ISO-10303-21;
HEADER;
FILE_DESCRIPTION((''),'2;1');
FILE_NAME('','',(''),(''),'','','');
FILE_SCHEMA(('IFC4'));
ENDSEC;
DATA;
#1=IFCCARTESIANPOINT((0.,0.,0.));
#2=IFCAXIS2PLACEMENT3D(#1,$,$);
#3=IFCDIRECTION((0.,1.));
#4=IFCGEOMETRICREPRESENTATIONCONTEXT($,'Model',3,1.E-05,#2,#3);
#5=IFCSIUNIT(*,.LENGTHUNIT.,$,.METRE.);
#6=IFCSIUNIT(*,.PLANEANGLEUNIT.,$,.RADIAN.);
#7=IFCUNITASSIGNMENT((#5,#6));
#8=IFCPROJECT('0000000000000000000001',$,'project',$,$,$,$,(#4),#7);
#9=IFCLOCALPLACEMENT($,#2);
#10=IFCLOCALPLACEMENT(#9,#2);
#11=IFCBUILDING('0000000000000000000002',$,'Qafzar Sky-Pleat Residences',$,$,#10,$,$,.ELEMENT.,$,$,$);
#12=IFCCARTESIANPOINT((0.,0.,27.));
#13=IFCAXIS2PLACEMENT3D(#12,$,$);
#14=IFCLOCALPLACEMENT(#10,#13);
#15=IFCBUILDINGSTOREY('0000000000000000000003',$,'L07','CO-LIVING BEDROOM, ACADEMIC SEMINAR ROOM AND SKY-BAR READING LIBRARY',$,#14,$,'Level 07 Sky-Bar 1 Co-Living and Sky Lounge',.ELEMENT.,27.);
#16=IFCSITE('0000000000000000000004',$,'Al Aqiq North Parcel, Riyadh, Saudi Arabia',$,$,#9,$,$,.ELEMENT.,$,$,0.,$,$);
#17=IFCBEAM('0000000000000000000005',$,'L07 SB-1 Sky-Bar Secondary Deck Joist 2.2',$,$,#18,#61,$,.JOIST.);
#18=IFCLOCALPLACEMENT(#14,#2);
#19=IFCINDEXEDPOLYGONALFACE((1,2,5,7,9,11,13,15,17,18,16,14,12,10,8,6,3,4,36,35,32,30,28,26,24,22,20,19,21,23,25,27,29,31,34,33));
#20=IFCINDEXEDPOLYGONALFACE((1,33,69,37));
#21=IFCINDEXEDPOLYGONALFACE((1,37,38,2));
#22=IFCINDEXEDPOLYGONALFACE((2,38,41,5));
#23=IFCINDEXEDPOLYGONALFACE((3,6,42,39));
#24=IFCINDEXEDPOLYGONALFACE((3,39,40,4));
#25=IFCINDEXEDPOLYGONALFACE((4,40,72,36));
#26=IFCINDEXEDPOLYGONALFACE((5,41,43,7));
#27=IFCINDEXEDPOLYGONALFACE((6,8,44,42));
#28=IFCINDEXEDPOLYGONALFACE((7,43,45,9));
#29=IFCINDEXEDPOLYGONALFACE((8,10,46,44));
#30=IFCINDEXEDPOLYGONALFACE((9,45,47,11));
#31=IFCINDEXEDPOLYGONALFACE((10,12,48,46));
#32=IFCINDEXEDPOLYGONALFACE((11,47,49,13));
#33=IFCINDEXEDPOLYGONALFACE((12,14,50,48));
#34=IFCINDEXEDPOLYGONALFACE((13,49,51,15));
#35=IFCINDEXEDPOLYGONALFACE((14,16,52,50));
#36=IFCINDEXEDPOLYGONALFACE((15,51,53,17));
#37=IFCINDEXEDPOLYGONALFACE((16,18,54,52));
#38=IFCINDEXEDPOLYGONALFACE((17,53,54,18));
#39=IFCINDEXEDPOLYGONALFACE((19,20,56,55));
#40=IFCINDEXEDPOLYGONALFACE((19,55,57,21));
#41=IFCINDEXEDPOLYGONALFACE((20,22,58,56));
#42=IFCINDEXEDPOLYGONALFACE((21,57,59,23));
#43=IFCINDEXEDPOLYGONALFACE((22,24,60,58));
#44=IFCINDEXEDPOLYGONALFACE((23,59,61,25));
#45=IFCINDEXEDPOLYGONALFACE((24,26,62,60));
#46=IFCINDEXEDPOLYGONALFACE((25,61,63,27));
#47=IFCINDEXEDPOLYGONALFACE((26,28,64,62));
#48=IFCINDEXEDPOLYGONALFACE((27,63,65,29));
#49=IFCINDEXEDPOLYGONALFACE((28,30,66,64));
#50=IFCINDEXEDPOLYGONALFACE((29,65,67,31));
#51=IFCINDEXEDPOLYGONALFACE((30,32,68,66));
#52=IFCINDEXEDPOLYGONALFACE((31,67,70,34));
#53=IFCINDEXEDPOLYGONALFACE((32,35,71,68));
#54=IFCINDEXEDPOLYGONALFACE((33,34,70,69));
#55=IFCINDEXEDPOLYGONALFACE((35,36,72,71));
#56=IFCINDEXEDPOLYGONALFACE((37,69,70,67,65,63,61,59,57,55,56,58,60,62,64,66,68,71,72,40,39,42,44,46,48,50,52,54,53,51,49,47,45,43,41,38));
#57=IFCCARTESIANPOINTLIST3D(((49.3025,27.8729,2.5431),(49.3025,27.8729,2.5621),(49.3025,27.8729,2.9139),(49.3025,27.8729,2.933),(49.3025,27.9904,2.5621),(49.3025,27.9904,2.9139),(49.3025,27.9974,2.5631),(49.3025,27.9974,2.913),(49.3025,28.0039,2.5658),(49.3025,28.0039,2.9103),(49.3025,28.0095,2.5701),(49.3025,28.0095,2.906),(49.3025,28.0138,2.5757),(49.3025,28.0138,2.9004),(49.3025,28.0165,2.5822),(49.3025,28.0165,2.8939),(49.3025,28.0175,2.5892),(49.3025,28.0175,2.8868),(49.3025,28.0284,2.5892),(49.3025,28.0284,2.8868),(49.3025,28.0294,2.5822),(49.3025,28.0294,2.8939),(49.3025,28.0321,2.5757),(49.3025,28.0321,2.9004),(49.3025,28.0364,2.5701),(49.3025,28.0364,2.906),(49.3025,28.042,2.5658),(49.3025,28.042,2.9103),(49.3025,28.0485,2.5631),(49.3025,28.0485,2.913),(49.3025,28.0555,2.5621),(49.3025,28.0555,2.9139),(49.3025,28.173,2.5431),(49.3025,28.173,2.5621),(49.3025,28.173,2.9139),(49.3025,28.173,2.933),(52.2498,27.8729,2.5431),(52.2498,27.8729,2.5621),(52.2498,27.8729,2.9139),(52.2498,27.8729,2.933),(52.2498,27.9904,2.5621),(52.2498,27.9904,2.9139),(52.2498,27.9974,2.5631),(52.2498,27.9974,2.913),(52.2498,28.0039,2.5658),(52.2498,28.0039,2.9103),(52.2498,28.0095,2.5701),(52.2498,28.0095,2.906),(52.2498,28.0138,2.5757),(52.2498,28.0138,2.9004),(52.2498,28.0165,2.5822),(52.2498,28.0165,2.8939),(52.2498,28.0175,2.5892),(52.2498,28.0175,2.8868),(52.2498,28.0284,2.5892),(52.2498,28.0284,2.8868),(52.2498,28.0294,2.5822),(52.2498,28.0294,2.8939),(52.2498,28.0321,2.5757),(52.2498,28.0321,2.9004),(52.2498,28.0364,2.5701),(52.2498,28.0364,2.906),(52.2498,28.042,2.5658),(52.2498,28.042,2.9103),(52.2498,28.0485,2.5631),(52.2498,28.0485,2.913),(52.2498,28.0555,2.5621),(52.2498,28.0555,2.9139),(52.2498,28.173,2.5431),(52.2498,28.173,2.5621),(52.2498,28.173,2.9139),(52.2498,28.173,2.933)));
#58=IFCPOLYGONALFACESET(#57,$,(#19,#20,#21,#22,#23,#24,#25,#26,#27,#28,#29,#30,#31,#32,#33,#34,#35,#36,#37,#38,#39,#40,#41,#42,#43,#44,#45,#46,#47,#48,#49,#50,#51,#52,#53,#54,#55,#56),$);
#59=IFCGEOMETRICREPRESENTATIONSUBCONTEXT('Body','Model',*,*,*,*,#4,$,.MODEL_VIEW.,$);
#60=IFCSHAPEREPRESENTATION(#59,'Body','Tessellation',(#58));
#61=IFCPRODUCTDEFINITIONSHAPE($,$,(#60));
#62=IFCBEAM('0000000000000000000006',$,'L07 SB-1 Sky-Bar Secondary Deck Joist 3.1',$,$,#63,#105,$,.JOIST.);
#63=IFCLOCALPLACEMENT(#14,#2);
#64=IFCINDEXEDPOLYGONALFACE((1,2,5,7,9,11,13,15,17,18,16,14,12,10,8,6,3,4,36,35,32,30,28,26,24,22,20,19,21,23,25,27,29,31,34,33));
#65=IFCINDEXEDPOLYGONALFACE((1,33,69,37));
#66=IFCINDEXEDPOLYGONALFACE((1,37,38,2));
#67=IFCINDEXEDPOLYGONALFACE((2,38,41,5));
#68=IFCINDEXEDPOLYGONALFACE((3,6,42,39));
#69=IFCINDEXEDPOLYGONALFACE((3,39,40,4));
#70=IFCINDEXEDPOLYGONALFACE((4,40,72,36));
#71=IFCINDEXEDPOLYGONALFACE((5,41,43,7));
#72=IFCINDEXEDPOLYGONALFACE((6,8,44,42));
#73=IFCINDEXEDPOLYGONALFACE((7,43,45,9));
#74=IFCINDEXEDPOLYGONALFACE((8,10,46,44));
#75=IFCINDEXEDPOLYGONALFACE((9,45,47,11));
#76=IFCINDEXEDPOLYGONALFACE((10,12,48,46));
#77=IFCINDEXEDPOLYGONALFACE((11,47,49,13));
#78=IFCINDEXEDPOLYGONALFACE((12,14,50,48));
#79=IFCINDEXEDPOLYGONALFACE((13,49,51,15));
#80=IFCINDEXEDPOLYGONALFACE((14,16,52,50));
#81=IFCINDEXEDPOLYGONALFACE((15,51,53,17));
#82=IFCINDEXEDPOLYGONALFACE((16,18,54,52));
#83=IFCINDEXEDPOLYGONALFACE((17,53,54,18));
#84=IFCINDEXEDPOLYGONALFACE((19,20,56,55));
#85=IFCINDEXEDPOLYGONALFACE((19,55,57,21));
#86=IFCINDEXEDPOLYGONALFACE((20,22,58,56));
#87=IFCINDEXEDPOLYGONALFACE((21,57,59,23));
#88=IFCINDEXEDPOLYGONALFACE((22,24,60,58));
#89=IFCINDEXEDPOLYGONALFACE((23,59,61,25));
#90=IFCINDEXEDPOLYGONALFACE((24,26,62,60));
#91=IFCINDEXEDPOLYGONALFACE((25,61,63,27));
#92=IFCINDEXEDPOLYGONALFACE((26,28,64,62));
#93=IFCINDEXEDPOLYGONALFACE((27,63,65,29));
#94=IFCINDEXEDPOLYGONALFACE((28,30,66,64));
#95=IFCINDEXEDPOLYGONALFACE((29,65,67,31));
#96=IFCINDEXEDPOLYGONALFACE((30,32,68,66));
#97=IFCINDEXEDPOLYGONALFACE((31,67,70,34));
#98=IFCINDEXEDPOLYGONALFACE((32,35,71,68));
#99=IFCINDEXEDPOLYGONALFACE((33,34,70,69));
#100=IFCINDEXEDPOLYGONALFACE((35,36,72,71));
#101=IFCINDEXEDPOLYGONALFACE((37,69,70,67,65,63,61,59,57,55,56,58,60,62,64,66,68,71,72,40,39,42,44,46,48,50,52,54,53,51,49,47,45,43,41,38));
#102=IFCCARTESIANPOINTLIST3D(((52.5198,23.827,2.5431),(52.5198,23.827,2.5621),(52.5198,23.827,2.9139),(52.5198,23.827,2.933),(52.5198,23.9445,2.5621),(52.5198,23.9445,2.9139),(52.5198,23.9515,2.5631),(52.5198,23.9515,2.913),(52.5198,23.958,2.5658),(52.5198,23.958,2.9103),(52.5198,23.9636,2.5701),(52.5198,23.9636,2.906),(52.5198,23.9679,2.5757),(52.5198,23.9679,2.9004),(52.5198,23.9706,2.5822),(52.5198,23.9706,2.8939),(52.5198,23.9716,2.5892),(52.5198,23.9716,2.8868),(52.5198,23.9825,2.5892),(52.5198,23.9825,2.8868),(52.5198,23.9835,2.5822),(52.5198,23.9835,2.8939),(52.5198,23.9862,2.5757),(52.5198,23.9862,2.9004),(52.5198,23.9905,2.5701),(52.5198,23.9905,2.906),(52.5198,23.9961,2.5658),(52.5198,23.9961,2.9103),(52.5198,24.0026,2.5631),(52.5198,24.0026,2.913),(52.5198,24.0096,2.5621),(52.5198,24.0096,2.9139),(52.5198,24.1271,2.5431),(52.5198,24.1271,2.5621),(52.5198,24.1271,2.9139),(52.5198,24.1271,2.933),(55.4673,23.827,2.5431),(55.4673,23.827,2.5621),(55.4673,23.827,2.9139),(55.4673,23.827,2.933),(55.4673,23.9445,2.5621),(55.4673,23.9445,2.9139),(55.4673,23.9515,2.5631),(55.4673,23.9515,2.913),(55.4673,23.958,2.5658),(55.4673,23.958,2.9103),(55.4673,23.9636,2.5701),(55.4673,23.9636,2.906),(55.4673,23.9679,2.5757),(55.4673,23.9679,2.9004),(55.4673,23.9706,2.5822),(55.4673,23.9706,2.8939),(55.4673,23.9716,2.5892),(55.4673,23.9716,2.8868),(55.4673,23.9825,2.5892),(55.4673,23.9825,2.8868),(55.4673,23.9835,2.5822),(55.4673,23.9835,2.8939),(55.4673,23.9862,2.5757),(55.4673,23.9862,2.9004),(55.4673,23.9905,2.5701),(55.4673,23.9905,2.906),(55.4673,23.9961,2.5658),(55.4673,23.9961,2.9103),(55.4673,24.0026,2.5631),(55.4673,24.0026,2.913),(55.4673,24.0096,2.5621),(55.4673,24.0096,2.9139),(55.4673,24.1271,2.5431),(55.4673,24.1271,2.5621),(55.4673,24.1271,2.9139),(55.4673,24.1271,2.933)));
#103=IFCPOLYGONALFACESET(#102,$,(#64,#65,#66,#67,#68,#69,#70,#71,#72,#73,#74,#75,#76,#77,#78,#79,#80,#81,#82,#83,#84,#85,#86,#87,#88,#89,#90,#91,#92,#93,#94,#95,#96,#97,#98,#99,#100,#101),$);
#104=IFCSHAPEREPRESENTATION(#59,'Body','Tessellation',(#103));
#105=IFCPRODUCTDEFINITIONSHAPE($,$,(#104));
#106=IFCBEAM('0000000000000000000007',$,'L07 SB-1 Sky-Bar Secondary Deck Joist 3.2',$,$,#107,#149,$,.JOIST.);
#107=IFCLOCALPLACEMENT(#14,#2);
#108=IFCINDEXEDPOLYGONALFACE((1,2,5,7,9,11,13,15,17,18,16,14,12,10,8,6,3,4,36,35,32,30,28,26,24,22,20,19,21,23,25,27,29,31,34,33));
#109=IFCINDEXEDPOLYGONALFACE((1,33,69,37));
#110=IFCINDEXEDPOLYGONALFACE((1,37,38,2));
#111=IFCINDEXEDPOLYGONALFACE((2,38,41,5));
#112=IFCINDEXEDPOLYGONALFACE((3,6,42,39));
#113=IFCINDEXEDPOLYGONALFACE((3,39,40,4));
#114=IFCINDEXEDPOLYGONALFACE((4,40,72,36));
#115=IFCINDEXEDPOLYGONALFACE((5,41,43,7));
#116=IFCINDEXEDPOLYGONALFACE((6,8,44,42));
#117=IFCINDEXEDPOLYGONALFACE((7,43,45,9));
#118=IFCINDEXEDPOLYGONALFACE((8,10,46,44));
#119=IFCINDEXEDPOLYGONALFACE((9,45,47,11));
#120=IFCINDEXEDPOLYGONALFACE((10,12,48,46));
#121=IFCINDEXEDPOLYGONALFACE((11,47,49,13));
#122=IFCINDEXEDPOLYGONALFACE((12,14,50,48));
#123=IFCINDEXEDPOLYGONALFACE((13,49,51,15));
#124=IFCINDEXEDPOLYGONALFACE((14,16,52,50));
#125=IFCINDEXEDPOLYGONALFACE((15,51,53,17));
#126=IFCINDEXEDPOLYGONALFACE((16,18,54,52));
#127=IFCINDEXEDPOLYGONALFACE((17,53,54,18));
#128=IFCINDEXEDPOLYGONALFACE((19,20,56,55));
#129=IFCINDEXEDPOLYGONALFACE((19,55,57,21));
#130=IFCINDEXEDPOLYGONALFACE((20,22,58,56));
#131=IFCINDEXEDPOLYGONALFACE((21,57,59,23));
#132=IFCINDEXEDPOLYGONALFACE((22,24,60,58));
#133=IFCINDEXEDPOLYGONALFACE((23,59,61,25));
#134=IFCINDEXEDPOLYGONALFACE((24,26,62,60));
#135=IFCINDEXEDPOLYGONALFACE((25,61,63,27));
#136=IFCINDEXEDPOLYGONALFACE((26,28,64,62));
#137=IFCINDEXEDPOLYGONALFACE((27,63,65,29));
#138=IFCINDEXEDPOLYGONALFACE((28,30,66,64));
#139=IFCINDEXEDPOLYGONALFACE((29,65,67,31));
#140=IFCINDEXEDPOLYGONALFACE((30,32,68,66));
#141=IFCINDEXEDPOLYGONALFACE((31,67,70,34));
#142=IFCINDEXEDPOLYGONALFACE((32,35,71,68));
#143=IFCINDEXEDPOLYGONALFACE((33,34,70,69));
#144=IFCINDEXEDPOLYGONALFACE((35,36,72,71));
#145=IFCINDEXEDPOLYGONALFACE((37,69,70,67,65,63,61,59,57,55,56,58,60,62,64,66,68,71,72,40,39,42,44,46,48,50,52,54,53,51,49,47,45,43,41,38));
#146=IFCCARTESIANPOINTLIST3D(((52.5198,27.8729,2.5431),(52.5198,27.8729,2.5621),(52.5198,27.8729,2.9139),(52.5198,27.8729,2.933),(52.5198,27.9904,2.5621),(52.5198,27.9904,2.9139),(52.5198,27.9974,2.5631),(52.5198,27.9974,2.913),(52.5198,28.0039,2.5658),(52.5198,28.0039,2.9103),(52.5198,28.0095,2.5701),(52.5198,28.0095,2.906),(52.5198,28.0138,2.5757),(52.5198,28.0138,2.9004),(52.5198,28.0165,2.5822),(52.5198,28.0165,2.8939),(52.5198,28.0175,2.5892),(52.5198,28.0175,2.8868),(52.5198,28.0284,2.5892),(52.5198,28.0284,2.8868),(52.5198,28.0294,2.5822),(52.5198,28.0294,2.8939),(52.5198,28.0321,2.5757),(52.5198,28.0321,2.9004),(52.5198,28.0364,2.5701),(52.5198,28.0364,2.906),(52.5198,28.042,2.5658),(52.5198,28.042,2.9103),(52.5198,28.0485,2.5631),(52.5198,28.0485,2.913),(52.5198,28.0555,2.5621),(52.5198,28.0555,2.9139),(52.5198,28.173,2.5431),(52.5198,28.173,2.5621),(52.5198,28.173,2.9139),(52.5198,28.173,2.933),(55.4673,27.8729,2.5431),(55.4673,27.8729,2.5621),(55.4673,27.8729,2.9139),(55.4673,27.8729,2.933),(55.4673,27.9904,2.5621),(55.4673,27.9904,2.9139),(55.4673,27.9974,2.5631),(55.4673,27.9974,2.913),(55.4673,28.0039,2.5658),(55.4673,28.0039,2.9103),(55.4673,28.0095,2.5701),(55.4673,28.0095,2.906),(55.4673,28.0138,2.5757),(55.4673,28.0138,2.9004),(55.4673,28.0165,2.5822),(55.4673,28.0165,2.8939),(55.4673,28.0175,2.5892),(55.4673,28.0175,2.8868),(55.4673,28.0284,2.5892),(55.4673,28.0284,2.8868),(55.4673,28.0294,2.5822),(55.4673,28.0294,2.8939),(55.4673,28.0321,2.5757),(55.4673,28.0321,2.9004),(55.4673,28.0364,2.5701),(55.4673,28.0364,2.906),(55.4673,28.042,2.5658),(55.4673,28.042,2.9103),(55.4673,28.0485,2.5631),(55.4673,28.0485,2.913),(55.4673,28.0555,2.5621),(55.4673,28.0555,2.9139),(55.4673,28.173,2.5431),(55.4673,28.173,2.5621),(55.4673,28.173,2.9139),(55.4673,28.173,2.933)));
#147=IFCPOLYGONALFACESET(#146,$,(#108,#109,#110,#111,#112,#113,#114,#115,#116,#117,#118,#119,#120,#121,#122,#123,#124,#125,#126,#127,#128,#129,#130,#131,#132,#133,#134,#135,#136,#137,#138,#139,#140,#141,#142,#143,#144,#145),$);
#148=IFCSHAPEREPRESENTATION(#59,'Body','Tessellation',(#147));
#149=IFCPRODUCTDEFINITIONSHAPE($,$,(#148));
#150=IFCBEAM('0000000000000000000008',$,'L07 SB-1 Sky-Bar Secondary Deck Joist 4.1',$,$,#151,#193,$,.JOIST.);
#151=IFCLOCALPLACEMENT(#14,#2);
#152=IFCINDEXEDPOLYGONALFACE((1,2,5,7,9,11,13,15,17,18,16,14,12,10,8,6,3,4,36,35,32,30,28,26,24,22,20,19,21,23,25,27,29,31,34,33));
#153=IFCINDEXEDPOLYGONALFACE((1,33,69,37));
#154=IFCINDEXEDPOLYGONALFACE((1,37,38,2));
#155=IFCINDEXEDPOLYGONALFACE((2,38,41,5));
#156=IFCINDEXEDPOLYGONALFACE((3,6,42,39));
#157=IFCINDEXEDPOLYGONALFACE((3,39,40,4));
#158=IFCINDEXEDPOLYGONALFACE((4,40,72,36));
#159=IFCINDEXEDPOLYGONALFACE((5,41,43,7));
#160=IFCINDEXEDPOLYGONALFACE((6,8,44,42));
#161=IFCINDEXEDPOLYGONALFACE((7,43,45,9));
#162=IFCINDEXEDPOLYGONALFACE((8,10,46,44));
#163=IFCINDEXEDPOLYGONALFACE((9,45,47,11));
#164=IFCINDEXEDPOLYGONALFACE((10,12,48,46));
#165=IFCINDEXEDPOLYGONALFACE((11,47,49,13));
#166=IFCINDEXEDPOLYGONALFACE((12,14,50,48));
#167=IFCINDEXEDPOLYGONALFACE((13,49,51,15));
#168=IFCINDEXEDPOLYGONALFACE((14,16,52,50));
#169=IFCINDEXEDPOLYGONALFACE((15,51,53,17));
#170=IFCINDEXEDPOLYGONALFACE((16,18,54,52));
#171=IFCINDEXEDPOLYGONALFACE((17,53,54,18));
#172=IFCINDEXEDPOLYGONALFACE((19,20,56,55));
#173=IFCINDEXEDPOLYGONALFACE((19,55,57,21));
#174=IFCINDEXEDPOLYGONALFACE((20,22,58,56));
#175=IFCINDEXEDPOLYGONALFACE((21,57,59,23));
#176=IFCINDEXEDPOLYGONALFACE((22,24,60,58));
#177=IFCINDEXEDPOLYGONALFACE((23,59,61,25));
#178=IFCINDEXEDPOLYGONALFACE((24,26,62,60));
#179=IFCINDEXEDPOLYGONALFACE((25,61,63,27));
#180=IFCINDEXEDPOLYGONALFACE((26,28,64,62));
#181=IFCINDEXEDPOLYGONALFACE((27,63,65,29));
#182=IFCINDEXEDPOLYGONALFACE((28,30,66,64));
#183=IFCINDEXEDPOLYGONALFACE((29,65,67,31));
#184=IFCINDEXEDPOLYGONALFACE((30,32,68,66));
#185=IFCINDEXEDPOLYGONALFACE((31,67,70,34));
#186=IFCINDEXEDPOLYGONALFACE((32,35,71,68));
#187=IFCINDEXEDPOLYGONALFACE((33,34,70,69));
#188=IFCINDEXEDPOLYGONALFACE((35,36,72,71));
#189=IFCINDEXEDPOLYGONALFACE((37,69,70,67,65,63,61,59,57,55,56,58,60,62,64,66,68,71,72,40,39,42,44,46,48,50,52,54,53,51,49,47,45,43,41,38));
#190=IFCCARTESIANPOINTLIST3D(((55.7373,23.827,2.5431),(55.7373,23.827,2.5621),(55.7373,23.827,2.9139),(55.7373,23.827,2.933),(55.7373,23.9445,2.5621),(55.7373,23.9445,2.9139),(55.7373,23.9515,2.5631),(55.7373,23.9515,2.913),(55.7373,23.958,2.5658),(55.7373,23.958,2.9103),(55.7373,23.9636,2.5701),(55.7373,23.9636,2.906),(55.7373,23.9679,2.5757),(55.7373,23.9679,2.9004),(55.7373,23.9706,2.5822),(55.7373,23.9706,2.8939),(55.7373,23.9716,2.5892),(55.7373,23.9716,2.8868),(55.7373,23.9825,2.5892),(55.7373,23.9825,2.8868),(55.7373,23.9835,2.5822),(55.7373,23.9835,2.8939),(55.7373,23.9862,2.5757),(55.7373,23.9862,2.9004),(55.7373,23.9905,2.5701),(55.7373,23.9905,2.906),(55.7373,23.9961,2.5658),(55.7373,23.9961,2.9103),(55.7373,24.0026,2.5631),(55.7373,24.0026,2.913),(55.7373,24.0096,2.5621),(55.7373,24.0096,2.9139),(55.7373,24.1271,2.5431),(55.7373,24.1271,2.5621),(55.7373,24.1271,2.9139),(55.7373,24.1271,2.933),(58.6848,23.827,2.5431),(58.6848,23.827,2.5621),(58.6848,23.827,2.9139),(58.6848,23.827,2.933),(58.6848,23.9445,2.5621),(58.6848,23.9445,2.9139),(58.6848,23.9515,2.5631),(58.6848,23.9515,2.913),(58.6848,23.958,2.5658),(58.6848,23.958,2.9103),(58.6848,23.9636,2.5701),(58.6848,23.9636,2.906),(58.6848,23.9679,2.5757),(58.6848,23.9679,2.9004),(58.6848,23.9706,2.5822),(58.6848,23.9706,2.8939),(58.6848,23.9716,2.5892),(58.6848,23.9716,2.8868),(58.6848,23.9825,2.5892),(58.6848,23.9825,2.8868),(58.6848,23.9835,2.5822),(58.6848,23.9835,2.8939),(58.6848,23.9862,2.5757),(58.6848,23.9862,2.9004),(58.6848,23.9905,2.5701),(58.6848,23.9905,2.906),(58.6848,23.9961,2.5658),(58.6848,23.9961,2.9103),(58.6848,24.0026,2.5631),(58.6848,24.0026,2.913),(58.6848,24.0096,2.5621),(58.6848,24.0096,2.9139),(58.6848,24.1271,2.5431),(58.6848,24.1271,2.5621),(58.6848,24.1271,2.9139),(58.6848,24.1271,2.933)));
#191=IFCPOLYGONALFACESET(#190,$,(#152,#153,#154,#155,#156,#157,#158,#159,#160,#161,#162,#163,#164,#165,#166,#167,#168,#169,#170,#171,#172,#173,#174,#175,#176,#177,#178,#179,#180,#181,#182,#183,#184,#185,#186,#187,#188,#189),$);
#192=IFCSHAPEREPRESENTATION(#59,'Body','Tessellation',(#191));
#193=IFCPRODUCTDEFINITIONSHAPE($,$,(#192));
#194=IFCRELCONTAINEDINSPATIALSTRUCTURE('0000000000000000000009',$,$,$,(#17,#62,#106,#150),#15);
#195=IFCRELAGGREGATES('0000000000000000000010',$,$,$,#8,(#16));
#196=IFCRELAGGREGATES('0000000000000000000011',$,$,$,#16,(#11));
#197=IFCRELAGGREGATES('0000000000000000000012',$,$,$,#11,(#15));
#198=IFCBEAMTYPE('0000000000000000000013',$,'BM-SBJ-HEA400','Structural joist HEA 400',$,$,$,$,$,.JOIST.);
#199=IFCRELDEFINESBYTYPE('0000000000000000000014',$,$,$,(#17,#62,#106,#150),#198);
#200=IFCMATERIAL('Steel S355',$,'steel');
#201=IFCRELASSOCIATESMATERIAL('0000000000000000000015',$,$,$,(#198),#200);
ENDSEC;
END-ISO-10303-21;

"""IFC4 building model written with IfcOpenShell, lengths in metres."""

from ifc_helpers import new_model, si_unit, direction, frame, origin, origin_2d, place, context, subcontext, project, spatial, i_section, extrude, source, transform, mapped, material, material_profile, profile_set, type_object, element, save


model = new_model("IFC4")

# Units and contexts
model_context = context("Model", 3, precision=1e-05, world=origin(), true_north=direction((0.0, 1.0)))
body_context = subcontext(model_context, "Body", "Model", "MODEL_VIEW")
ifc_project = project(units=[si_unit("LENGTHUNIT", "METRE"), si_unit("PLANEANGLEUNIT", "RADIAN")], contexts=[model_context])

# Site, building, storey
site_placement = place(None, origin())
site = spatial("IfcSite", under=ifc_project, at=site_placement, Name="Al Aqiq North Parcel, Riyadh, Saudi Arabia", CompositionType="ELEMENT", RefElevation=0.0)
building_placement = place(site_placement, origin())
building = spatial("IfcBuilding", under=site, at=building_placement, Name="Qafzar Sky-Pleat Residences", CompositionType="ELEMENT")
storey_placement = place(building_placement, frame((0.0, 0.0, 27.0)))
storey = spatial("IfcBuildingStorey", under=building, at=storey_placement, Name="L07", Description="CO-LIVING BEDROOM, ACADEMIC SEMINAR ROOM AND SKY-BAR READING LIBRARY", LongName="Level 07 Sky-Bar 1 Co-Living and Sky Lounge", CompositionType="ELEMENT", Elevation=27.0)

# Shared definitions
ifc_material_1 = material(Name="Steel S355", Category="steel")

# Beams
ifc_material_profile_1 = material_profile(ifc_material_1, i_section(OverallWidth=0.3, OverallDepth=0.3899, WebThickness=0.011, FlangeThickness=0.019, FilletRadius=0.0271, at=origin_2d()), Name="HEA 400")
ifc_profile_set_1 = profile_set([ifc_material_profile_1], Name="Steel S355")
beam_type_1 = type_object("IfcBeamType", Name="BM-SBJ-HEA400", Description="Structural joist HEA 400", PredefinedType="JOIST", material=ifc_profile_set_1)
shared_shape_1 = source(origin(), body_context, "Body", "SweptSolid", [
    extrude(i_section(OverallWidth=0.3, OverallDepth=0.3899, WebThickness=0.011, FlangeThickness=0.019, FilletRadius=0.0271, at=origin_2d()), origin(), (0.0, 0.0, 1.0), 2.9473),
])
for number, where, z_axis, x_axis, name in (
    (1, (49.3025, 28.0229, 2.738), (1.0, 0.0, 0.0), (0.0, 1.0, 0.0), "L07 SB-1 Sky-Bar Secondary Deck Joist 2.2"),
):
    element("IfcBeam", number, at=place(storey_placement, frame(where, z_axis=z_axis, x_axis=x_axis)), inside=storey, type_object=beam_type_1, Name=name, PredefinedType="JOIST", context=body_context, shape_type="MappedRepresentation", body=[
        mapped(shared_shape_1, transform((0.0, 0.0, 0.0), x_axis=(1.0, 0.0, 0.0), y_axis=(0.0, 1.0, 0.0), z_axis=(0.0, 0.0, 1.0), scale=1.0)),
    ])
shared_shape_2 = source(origin(), body_context, "Body", "SweptSolid", [
    extrude(i_section(OverallWidth=0.3, OverallDepth=0.3899, WebThickness=0.011, FlangeThickness=0.019, FilletRadius=0.0271, at=origin_2d()), origin(), (0.0, 0.0, 1.0), 2.9475),
])
for number, where, z_axis, x_axis, name in (
    (2, (52.5198, 23.9771, 2.738), (1.0, 0.0, 0.0), (0.0, 1.0, 0.0), "L07 SB-1 Sky-Bar Secondary Deck Joist 3.1"),
    (3, (52.5198, 28.0229, 2.738), (1.0, 0.0, 0.0), (0.0, 1.0, 0.0), "L07 SB-1 Sky-Bar Secondary Deck Joist 3.2"),
    (4, (55.7373, 23.9771, 2.738), (1.0, 0.0, 0.0), (0.0, 1.0, 0.0), "L07 SB-1 Sky-Bar Secondary Deck Joist 4.1"),
):
    element("IfcBeam", number, at=place(storey_placement, frame(where, z_axis=z_axis, x_axis=x_axis)), inside=storey, type_object=beam_type_1, Name=name, PredefinedType="JOIST", context=body_context, shape_type="MappedRepresentation", body=[
        mapped(shared_shape_2, transform((0.0, 0.0, 0.0), x_axis=(1.0, 0.0, 0.0), y_axis=(0.0, 1.0, 0.0), z_axis=(0.0, 0.0, 1.0), scale=1.0)),
    ])

save(model, "model.ifc")
